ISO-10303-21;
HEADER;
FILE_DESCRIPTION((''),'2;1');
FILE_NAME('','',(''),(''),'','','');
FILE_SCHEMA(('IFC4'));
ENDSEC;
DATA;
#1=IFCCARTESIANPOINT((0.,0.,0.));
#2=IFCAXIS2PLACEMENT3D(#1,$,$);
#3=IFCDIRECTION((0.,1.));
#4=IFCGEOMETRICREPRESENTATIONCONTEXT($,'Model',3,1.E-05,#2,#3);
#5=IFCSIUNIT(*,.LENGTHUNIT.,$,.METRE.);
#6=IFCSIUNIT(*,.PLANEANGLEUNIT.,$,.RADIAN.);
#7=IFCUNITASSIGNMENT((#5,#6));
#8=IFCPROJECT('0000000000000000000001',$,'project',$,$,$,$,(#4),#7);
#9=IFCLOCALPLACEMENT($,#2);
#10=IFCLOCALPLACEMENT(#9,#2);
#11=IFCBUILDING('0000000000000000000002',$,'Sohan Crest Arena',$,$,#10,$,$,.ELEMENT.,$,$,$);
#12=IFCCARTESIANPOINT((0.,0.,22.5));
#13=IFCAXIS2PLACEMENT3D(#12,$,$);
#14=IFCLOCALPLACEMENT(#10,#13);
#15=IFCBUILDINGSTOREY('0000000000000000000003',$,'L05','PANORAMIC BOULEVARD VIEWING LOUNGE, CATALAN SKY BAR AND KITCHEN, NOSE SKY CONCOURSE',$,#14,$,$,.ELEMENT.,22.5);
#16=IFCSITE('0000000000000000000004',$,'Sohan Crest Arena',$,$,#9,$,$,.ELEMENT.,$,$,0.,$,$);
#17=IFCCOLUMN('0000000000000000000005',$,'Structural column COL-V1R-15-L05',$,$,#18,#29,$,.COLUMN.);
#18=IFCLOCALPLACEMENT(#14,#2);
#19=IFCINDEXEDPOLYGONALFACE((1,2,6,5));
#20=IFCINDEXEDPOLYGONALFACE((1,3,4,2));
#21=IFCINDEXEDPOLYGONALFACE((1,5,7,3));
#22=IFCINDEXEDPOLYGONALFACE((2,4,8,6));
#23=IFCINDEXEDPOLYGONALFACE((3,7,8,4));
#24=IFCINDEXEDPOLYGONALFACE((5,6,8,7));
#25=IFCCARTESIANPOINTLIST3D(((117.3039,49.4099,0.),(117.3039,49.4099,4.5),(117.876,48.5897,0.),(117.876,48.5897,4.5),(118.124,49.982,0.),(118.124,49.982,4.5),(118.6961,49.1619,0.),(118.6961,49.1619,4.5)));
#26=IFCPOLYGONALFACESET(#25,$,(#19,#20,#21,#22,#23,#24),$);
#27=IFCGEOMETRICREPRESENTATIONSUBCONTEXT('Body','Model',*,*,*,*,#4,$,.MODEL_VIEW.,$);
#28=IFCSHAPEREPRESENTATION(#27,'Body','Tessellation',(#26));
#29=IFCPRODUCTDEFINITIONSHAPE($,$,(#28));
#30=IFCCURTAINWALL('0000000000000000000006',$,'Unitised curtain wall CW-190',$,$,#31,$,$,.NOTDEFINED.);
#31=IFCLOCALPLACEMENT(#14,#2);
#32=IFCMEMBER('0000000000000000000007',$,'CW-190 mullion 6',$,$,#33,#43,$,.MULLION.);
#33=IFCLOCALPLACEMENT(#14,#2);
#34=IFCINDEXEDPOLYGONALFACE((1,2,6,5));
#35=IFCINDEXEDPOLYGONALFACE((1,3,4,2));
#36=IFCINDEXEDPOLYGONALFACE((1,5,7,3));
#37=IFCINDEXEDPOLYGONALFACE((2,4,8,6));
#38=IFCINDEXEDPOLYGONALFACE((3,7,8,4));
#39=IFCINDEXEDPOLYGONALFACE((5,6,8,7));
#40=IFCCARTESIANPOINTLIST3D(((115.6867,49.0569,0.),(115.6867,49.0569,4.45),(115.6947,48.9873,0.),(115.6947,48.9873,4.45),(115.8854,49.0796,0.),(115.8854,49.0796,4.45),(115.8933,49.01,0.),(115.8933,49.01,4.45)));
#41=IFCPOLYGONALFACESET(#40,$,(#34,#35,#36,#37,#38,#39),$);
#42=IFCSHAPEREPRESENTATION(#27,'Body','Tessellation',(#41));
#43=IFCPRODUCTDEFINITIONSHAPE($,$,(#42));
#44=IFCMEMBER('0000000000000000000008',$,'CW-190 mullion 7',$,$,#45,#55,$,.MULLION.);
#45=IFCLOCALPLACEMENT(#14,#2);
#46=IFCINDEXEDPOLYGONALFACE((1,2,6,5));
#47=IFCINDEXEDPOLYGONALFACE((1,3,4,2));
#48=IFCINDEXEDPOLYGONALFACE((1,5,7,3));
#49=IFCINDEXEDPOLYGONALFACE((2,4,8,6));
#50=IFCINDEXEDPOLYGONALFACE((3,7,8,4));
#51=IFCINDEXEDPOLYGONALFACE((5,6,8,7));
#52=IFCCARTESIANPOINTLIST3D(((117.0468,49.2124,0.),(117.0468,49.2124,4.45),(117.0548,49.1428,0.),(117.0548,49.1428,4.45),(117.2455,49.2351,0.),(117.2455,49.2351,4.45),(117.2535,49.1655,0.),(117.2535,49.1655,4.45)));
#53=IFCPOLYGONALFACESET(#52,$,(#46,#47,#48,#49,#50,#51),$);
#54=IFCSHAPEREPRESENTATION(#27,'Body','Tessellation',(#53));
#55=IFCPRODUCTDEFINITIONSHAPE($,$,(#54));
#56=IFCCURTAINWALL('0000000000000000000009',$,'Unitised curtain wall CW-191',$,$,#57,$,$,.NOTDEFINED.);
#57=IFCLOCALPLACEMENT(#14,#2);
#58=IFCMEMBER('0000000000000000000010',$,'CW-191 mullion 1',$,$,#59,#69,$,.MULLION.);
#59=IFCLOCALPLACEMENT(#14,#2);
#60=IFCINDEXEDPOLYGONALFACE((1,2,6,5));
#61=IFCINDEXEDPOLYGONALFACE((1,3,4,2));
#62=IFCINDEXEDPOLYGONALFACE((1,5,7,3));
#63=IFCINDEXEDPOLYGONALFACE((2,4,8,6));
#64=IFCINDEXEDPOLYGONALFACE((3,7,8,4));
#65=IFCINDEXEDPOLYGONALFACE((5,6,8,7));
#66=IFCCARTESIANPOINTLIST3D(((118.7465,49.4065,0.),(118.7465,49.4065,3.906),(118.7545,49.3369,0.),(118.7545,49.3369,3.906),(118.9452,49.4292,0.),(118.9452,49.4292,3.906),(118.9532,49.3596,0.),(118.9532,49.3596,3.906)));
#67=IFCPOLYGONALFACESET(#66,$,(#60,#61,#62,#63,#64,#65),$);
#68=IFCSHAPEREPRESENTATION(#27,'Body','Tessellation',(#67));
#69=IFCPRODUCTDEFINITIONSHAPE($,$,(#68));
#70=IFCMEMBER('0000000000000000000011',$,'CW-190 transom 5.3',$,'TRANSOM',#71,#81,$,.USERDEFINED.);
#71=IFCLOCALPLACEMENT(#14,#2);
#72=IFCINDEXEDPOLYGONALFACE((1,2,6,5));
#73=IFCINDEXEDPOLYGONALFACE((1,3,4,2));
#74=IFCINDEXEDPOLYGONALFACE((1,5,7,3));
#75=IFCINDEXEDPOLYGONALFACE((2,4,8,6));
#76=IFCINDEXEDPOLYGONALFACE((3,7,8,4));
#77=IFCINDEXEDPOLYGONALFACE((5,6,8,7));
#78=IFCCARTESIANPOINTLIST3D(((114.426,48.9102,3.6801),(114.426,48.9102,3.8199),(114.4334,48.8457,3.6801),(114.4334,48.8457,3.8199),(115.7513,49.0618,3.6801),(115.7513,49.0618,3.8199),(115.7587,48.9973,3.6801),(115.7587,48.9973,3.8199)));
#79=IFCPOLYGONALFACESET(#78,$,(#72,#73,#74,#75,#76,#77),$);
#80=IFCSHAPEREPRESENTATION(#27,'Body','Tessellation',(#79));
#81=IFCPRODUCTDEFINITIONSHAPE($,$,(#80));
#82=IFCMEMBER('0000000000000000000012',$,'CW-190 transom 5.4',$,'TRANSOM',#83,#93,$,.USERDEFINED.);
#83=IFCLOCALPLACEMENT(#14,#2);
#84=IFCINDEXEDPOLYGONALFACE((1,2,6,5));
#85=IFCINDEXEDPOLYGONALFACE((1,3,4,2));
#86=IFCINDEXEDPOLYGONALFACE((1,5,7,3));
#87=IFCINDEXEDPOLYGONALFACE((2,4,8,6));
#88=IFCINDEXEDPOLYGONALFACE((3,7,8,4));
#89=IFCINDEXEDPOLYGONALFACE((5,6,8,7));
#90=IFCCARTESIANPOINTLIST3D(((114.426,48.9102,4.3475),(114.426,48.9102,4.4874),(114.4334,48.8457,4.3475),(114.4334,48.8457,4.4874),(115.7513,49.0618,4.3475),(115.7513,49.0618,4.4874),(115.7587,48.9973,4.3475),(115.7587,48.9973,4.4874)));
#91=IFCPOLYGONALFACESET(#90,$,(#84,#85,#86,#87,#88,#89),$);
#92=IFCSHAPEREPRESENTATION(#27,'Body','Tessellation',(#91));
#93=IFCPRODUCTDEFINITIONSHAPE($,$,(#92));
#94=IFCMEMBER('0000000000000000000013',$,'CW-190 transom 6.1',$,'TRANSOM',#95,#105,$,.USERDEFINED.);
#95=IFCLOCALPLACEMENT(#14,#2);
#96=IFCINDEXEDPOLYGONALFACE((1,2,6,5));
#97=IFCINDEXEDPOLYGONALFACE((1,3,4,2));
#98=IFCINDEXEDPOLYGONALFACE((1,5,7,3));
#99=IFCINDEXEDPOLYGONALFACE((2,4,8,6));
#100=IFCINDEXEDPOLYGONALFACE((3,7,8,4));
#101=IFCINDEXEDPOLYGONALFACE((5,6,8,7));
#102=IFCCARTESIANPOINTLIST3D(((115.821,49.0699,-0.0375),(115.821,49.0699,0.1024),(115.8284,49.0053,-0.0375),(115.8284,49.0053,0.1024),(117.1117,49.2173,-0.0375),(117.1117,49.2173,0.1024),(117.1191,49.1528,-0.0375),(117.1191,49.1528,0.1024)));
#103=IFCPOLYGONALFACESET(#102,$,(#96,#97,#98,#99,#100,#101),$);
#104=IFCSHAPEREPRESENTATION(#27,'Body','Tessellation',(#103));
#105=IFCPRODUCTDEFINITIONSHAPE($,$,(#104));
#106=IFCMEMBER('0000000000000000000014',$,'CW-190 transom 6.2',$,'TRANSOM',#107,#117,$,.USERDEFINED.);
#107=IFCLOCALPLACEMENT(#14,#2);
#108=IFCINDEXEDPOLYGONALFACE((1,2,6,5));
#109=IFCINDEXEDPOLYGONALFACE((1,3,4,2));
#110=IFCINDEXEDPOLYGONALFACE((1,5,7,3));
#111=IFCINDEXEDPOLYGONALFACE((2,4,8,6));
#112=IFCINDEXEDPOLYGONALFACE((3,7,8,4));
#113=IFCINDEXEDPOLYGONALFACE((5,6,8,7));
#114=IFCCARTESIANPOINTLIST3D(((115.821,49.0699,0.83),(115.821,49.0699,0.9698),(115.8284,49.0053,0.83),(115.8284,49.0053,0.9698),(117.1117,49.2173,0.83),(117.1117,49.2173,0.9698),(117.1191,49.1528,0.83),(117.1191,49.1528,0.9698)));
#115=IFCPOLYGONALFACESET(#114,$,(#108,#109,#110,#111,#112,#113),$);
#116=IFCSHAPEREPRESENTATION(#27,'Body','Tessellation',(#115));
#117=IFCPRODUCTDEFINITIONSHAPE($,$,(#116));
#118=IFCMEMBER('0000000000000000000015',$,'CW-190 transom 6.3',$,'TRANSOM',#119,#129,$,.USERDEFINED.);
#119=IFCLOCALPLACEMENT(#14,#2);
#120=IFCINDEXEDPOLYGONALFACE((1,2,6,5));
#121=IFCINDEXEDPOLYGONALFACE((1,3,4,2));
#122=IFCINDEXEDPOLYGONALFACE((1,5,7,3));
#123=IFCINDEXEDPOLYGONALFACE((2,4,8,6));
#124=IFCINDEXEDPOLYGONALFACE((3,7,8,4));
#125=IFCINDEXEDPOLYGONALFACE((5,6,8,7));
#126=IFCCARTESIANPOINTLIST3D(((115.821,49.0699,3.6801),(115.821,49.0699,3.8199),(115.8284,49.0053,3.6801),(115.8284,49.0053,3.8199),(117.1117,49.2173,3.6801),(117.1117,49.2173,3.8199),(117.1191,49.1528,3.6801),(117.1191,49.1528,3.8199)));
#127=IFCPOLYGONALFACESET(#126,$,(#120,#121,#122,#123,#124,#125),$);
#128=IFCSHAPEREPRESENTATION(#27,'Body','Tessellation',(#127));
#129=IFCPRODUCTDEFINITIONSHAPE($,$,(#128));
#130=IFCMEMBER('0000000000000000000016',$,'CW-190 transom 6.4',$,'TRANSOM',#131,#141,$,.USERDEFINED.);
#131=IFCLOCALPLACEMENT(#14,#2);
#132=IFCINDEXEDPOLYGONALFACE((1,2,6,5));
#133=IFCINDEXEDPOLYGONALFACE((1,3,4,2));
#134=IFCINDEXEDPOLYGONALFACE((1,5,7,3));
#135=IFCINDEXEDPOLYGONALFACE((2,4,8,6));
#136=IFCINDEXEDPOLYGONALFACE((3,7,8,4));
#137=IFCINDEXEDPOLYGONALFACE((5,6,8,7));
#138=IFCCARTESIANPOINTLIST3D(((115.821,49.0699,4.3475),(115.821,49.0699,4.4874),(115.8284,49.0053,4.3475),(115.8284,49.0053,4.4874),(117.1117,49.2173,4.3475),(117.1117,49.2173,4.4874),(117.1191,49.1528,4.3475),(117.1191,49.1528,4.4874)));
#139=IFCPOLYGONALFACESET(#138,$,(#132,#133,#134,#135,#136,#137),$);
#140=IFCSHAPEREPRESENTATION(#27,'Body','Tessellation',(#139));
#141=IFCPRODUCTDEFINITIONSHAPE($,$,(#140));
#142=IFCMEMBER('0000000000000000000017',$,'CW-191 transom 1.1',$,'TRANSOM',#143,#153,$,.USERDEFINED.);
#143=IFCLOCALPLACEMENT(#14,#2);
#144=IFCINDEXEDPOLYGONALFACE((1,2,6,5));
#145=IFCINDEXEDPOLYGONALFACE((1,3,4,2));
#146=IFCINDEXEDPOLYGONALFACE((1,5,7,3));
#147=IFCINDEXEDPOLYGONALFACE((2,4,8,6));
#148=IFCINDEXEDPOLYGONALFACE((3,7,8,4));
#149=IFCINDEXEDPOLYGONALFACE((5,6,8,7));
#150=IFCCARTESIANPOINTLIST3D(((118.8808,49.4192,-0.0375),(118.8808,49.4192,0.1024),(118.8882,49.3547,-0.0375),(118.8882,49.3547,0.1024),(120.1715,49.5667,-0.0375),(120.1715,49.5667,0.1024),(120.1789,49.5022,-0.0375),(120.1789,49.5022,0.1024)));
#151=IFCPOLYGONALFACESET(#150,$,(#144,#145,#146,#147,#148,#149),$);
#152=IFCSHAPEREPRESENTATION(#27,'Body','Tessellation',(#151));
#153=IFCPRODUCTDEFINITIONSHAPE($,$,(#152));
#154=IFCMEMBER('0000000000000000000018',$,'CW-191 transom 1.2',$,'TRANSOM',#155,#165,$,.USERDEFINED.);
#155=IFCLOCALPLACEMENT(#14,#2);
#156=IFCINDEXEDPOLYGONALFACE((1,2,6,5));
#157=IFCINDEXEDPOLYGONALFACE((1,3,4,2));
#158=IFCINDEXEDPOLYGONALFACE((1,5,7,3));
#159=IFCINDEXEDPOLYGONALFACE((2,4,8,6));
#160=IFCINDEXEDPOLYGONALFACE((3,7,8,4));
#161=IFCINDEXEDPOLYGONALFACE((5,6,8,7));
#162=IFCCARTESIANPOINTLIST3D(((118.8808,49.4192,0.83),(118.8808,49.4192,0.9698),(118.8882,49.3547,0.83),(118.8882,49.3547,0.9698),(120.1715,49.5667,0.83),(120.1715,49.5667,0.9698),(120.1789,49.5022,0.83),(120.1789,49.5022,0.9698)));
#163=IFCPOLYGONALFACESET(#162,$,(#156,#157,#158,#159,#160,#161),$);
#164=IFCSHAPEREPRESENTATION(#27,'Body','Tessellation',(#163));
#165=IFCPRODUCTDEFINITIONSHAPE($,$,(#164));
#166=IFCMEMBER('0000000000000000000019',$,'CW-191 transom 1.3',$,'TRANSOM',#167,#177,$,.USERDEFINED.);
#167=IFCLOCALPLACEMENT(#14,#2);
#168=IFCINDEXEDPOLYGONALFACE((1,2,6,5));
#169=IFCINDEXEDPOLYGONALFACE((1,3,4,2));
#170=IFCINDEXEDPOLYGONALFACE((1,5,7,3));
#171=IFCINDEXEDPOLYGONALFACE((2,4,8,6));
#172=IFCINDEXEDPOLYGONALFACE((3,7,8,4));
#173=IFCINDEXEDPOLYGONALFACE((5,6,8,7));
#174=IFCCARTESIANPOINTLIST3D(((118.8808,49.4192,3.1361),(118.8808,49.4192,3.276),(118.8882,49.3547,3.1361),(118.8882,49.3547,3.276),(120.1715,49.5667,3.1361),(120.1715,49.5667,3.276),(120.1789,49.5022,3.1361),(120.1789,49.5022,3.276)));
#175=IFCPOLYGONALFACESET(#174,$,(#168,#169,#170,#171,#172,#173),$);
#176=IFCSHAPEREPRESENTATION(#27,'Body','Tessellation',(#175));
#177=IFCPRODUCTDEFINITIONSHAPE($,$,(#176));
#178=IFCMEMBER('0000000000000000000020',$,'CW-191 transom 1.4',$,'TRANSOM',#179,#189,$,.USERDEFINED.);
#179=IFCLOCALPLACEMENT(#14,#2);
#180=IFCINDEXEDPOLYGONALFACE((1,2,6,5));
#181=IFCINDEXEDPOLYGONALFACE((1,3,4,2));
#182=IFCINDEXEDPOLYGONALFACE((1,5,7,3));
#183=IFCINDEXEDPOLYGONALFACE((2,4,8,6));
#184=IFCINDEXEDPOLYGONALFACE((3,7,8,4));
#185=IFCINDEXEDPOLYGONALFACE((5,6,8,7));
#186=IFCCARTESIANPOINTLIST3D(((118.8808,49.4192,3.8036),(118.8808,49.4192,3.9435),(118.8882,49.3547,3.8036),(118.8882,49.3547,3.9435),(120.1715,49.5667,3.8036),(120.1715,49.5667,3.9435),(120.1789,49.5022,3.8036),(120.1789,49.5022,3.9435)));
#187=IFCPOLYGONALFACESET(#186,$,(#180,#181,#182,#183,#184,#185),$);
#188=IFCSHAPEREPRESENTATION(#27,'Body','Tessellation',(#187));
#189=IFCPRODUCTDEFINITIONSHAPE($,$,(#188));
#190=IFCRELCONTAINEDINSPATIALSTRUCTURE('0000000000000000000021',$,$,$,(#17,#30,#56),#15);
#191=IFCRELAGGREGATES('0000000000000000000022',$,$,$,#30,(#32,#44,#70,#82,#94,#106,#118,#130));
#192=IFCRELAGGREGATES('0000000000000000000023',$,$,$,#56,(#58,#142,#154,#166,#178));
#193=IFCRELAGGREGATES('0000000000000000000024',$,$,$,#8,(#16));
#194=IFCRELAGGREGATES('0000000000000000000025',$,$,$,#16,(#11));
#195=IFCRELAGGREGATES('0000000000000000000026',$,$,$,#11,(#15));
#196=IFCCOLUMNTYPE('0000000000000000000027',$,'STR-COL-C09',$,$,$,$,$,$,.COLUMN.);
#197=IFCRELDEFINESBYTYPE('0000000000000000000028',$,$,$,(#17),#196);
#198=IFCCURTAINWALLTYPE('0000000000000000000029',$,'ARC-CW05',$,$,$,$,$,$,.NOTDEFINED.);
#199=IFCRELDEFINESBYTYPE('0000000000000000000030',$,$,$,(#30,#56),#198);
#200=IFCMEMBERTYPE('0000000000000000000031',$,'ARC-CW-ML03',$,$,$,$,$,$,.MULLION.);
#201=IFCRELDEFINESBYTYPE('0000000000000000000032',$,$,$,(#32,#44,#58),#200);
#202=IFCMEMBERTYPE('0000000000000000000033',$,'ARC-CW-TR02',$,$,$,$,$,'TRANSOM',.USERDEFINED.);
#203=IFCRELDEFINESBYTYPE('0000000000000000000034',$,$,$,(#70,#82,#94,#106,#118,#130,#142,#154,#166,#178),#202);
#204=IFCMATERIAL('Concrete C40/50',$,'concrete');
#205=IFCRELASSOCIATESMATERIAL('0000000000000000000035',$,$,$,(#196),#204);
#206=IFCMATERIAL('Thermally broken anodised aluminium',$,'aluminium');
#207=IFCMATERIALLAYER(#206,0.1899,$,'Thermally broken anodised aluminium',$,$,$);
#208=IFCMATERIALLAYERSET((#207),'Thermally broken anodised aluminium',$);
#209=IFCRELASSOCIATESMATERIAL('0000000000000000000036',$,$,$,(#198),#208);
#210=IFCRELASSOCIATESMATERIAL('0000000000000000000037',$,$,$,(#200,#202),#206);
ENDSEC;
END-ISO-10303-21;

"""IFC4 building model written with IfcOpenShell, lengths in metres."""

from ifc_helpers import new_model, si_unit, direction, frame, origin, origin_2d, place, context, subcontext, project, spatial, rectangle, extrude, material, layer, layer_set, material_profile, profile_set, type_object, element, aggregate, save


model = new_model("IFC4")

# Units and contexts
model_context = context("Model", 3, precision=1e-05, world=origin(), true_north=direction((0.0, 1.0)))
body_context = subcontext(model_context, "Body", "Model", "MODEL_VIEW")
ifc_project = project(units=[si_unit("LENGTHUNIT", "METRE"), si_unit("PLANEANGLEUNIT", "RADIAN")], contexts=[model_context])

# Site, building, storey
site_placement = place(None, origin())
site = spatial("IfcSite", under=ifc_project, at=site_placement, Name="Sohan Crest Arena", CompositionType="ELEMENT", RefElevation=0.0)
building_placement = place(site_placement, origin())
building = spatial("IfcBuilding", under=site, at=building_placement, Name="Sohan Crest Arena", CompositionType="ELEMENT")
storey_placement = place(building_placement, frame((0.0, 0.0, 22.5)))
storey = spatial("IfcBuildingStorey", under=building, at=storey_placement, Name="L05", Description="PANORAMIC BOULEVARD VIEWING LOUNGE, CATALAN SKY BAR AND KITCHEN, NOSE SKY CONCOURSE", CompositionType="ELEMENT", Elevation=22.5)

# Column
ifc_material_1 = material(Name="Concrete C40/50", Category="concrete")
ifc_material_profile_1 = material_profile(ifc_material_1, rectangle(XDim=1.0, YDim=1.0, at=origin_2d()), Name="RC 1000x1000")
ifc_profile_set_1 = profile_set([ifc_material_profile_1], Name="Concrete C40/50")
column_type = type_object("IfcColumnType", Name="STR-COL-C09", PredefinedType="COLUMN", material=ifc_profile_set_1)
column_placement = place(storey_placement, frame((118.0, 49.2859, 0.0), z_axis=(0.0, 0.0, 1.0), x_axis=(-0.572146, 0.820152, 0.0)))
element("IfcColumn", 1, at=column_placement, inside=storey, type_object=column_type, Name="Structural column COL-V1R-15-L05", PredefinedType="COLUMN", context=body_context, shape_type="SweptSolid", body=[
    extrude(rectangle(XDim=1.0, YDim=1.0, at=origin_2d()), origin(), (0.0, 0.0, 1.0), 4.5),
])

# Curtain wall, members
ifc_material_2 = material(Name="Thermally broken anodised aluminium", Category="aluminium")
ifc_layer_1 = layer(ifc_material_2, 0.1899, Name="Thermally broken anodised aluminium")
ifc_layer_set_1 = layer_set([ifc_layer_1], Name="Thermally broken anodised aluminium")
curtain_wall_type = type_object("IfcCurtainWallType", Name="ARC-CW05", PredefinedType="NOTDEFINED", material=ifc_layer_set_1)
curtain_wall_1_placement = place(storey_placement, origin())
curtain_wall_1 = element("IfcCurtainWall", 2, at=curtain_wall_1_placement, inside=storey, type_object=curtain_wall_type, Name="Unitised curtain wall CW-190", PredefinedType="NOTDEFINED")
ifc_material_profile_2 = material_profile(ifc_material_2, rectangle(XDim=0.0701, YDim=0.2, at=origin_2d()), Name="ALU-MULL 70x200")
ifc_profile_set_2 = profile_set([ifc_material_profile_2], Name="Thermally broken anodised aluminium")
member_type_1 = type_object("IfcMemberType", Name="ARC-CW-ML03", PredefinedType="MULLION", material=ifc_profile_set_2)
member_1_placement = place(storey_placement, frame((115.79, 49.0334, 0.0), z_axis=(0.0, 0.0, 1.0), x_axis=(-0.113597, 0.993527, 0.0)))
member_1 = element("IfcMember", 3, at=member_1_placement, type_object=member_type_1, Name="CW-190 mullion 6", PredefinedType="MULLION", context=body_context, shape_type="SweptSolid", body=[
    extrude(rectangle(XDim=0.0701, YDim=0.2, at=origin_2d()), origin(), (0.0, 0.0, 1.0), 4.45),
])
member_2_placement = place(storey_placement, frame((117.1501, 49.189, 0.0), z_axis=(0.0, 0.0, 1.0), x_axis=(-0.113597, 0.993527, 0.0)))
member_2 = element("IfcMember", 4, at=member_2_placement, type_object=member_type_1, Name="CW-190 mullion 7", PredefinedType="MULLION", context=body_context, shape_type="SweptSolid", body=[
    extrude(rectangle(XDim=0.0701, YDim=0.2, at=origin_2d()), origin(), (0.0, 0.0, 1.0), 4.45),
])

# Curtain wall, member
curtain_wall_2_placement = place(storey_placement, origin())
curtain_wall_2 = element("IfcCurtainWall", 5, at=curtain_wall_2_placement, inside=storey, type_object=curtain_wall_type, Name="Unitised curtain wall CW-191", PredefinedType="NOTDEFINED")
member_3_placement = place(storey_placement, frame((118.8499, 49.3831, 0.0), z_axis=(0.0, 0.0, 1.0), x_axis=(-0.113597, 0.993527, 0.0)))
member_3 = element("IfcMember", 6, at=member_3_placement, type_object=member_type_1, Name="CW-191 mullion 1", PredefinedType="MULLION", context=body_context, shape_type="SweptSolid", body=[
    extrude(rectangle(XDim=0.0701, YDim=0.2, at=origin_2d()), origin(), (0.0, 0.0, 1.0), 3.906),
])

# Members
ifc_material_profile_3 = material_profile(ifc_material_2, rectangle(XDim=0.0649, YDim=0.1399, at=origin_2d()), Name="ALU-TRAN 65x140")
ifc_profile_set_3 = profile_set([ifc_material_profile_3], Name="Thermally broken anodised aluminium")
member_type_2 = type_object("IfcMemberType", Name="ARC-CW-TR02", ElementType="TRANSOM", PredefinedType="USERDEFINED", material=ifc_profile_set_3)
member_4_placement = place(storey_placement, frame((114.4297, 48.8779, 3.75), z_axis=(0.993521, 0.113645, 0.0), x_axis=(-0.113645, 0.993521, 0.0)))
member_4 = element("IfcMember", 7, at=member_4_placement, type_object=member_type_2, Name="CW-190 transom 5.3", ObjectType="TRANSOM", PredefinedType="USERDEFINED", context=body_context, shape_type="SweptSolid", body=[
    extrude(rectangle(XDim=0.0649, YDim=0.1399, at=origin_2d()), origin(), (0.0, 0.0, 1.0), 1.334),
])
member_5_placement = place(storey_placement, frame((114.4297, 48.8779, 4.4175), z_axis=(0.993521, 0.113645, 0.0), x_axis=(-0.113645, 0.993521, 0.0)))
member_5 = element("IfcMember", 8, at=member_5_placement, type_object=member_type_2, Name="CW-190 transom 5.4", ObjectType="TRANSOM", PredefinedType="USERDEFINED", context=body_context, shape_type="SweptSolid", body=[
    extrude(rectangle(XDim=0.0649, YDim=0.1399, at=origin_2d()), origin(), (0.0, 0.0, 1.0), 1.334),
])
member_6_placement = place(storey_placement, frame((115.8247, 49.0376, 0.0325), z_axis=(0.993538, 0.113504, 0.0), x_axis=(-0.113504, 0.993538, 0.0)))
member_6 = element("IfcMember", 9, at=member_6_placement, type_object=member_type_2, Name="CW-190 transom 6.1", ObjectType="TRANSOM", PredefinedType="USERDEFINED", context=body_context, shape_type="SweptSolid", body=[
    extrude(rectangle(XDim=0.0649, YDim=0.1399, at=origin_2d()), origin(), (0.0, 0.0, 1.0), 1.2991),
])
member_7_placement = place(storey_placement, frame((115.8247, 49.0376, 0.8999), z_axis=(0.993538, 0.113504, 0.0), x_axis=(-0.113504, 0.993538, 0.0)))
member_7 = element("IfcMember", 10, at=member_7_placement, type_object=member_type_2, Name="CW-190 transom 6.2", ObjectType="TRANSOM", PredefinedType="USERDEFINED", context=body_context, shape_type="SweptSolid", body=[
    extrude(rectangle(XDim=0.0649, YDim=0.1399, at=origin_2d()), origin(), (0.0, 0.0, 1.0), 1.2991),
])
member_8_placement = place(storey_placement, frame((115.8247, 49.0376, 3.75), z_axis=(0.993538, 0.113504, 0.0), x_axis=(-0.113504, 0.993538, 0.0)))
member_8 = element("IfcMember", 11, at=member_8_placement, type_object=member_type_2, Name="CW-190 transom 6.3", ObjectType="TRANSOM", PredefinedType="USERDEFINED", context=body_context, shape_type="SweptSolid", body=[
    extrude(rectangle(XDim=0.0649, YDim=0.1399, at=origin_2d()), origin(), (0.0, 0.0, 1.0), 1.2991),
])
member_9_placement = place(storey_placement, frame((115.8247, 49.0376, 4.4175), z_axis=(0.993538, 0.113504, 0.0), x_axis=(-0.113504, 0.993538, 0.0)))
member_9 = element("IfcMember", 12, at=member_9_placement, type_object=member_type_2, Name="CW-190 transom 6.4", ObjectType="TRANSOM", PredefinedType="USERDEFINED", context=body_context, shape_type="SweptSolid", body=[
    extrude(rectangle(XDim=0.0649, YDim=0.1399, at=origin_2d()), origin(), (0.0, 0.0, 1.0), 1.2991),
])
member_10_placement = place(storey_placement, frame((118.8845, 49.387, 0.0325), z_axis=(0.993538, 0.113504, 0.0), x_axis=(-0.113504, 0.993538, 0.0)))
member_10 = element("IfcMember", 13, at=member_10_placement, type_object=member_type_2, Name="CW-191 transom 1.1", ObjectType="TRANSOM", PredefinedType="USERDEFINED", context=body_context, shape_type="SweptSolid", body=[
    extrude(rectangle(XDim=0.0649, YDim=0.1399, at=origin_2d()), origin(), (0.0, 0.0, 1.0), 1.2991),
])
member_11_placement = place(storey_placement, frame((118.8845, 49.387, 0.8999), z_axis=(0.993538, 0.113504, 0.0), x_axis=(-0.113504, 0.993538, 0.0)))
member_11 = element("IfcMember", 14, at=member_11_placement, type_object=member_type_2, Name="CW-191 transom 1.2", ObjectType="TRANSOM", PredefinedType="USERDEFINED", context=body_context, shape_type="SweptSolid", body=[
    extrude(rectangle(XDim=0.0649, YDim=0.1399, at=origin_2d()), origin(), (0.0, 0.0, 1.0), 1.2991),
])
member_12_placement = place(storey_placement, frame((118.8845, 49.387, 3.2061), z_axis=(0.993538, 0.113504, 0.0), x_axis=(-0.113504, 0.993538, 0.0)))
member_12 = element("IfcMember", 15, at=member_12_placement, type_object=member_type_2, Name="CW-191 transom 1.3", ObjectType="TRANSOM", PredefinedType="USERDEFINED", context=body_context, shape_type="SweptSolid", body=[
    extrude(rectangle(XDim=0.0649, YDim=0.1399, at=origin_2d()), origin(), (0.0, 0.0, 1.0), 1.2991),
])
member_13_placement = place(storey_placement, frame((118.8845, 49.387, 3.8735), z_axis=(0.993538, 0.113504, 0.0), x_axis=(-0.113504, 0.993538, 0.0)))
member_13 = element("IfcMember", 16, at=member_13_placement, type_object=member_type_2, Name="CW-191 transom 1.4", ObjectType="TRANSOM", PredefinedType="USERDEFINED", context=body_context, shape_type="SweptSolid", body=[
    extrude(rectangle(XDim=0.0649, YDim=0.1399, at=origin_2d()), origin(), (0.0, 0.0, 1.0), 1.2991),
])

aggregate(curtain_wall_1, [member_1, member_2, member_4, member_5, member_6, member_7, member_8, member_9])
aggregate(curtain_wall_2, [member_3, member_10, member_11, member_12, member_13])

save(model, "model.ifc")
